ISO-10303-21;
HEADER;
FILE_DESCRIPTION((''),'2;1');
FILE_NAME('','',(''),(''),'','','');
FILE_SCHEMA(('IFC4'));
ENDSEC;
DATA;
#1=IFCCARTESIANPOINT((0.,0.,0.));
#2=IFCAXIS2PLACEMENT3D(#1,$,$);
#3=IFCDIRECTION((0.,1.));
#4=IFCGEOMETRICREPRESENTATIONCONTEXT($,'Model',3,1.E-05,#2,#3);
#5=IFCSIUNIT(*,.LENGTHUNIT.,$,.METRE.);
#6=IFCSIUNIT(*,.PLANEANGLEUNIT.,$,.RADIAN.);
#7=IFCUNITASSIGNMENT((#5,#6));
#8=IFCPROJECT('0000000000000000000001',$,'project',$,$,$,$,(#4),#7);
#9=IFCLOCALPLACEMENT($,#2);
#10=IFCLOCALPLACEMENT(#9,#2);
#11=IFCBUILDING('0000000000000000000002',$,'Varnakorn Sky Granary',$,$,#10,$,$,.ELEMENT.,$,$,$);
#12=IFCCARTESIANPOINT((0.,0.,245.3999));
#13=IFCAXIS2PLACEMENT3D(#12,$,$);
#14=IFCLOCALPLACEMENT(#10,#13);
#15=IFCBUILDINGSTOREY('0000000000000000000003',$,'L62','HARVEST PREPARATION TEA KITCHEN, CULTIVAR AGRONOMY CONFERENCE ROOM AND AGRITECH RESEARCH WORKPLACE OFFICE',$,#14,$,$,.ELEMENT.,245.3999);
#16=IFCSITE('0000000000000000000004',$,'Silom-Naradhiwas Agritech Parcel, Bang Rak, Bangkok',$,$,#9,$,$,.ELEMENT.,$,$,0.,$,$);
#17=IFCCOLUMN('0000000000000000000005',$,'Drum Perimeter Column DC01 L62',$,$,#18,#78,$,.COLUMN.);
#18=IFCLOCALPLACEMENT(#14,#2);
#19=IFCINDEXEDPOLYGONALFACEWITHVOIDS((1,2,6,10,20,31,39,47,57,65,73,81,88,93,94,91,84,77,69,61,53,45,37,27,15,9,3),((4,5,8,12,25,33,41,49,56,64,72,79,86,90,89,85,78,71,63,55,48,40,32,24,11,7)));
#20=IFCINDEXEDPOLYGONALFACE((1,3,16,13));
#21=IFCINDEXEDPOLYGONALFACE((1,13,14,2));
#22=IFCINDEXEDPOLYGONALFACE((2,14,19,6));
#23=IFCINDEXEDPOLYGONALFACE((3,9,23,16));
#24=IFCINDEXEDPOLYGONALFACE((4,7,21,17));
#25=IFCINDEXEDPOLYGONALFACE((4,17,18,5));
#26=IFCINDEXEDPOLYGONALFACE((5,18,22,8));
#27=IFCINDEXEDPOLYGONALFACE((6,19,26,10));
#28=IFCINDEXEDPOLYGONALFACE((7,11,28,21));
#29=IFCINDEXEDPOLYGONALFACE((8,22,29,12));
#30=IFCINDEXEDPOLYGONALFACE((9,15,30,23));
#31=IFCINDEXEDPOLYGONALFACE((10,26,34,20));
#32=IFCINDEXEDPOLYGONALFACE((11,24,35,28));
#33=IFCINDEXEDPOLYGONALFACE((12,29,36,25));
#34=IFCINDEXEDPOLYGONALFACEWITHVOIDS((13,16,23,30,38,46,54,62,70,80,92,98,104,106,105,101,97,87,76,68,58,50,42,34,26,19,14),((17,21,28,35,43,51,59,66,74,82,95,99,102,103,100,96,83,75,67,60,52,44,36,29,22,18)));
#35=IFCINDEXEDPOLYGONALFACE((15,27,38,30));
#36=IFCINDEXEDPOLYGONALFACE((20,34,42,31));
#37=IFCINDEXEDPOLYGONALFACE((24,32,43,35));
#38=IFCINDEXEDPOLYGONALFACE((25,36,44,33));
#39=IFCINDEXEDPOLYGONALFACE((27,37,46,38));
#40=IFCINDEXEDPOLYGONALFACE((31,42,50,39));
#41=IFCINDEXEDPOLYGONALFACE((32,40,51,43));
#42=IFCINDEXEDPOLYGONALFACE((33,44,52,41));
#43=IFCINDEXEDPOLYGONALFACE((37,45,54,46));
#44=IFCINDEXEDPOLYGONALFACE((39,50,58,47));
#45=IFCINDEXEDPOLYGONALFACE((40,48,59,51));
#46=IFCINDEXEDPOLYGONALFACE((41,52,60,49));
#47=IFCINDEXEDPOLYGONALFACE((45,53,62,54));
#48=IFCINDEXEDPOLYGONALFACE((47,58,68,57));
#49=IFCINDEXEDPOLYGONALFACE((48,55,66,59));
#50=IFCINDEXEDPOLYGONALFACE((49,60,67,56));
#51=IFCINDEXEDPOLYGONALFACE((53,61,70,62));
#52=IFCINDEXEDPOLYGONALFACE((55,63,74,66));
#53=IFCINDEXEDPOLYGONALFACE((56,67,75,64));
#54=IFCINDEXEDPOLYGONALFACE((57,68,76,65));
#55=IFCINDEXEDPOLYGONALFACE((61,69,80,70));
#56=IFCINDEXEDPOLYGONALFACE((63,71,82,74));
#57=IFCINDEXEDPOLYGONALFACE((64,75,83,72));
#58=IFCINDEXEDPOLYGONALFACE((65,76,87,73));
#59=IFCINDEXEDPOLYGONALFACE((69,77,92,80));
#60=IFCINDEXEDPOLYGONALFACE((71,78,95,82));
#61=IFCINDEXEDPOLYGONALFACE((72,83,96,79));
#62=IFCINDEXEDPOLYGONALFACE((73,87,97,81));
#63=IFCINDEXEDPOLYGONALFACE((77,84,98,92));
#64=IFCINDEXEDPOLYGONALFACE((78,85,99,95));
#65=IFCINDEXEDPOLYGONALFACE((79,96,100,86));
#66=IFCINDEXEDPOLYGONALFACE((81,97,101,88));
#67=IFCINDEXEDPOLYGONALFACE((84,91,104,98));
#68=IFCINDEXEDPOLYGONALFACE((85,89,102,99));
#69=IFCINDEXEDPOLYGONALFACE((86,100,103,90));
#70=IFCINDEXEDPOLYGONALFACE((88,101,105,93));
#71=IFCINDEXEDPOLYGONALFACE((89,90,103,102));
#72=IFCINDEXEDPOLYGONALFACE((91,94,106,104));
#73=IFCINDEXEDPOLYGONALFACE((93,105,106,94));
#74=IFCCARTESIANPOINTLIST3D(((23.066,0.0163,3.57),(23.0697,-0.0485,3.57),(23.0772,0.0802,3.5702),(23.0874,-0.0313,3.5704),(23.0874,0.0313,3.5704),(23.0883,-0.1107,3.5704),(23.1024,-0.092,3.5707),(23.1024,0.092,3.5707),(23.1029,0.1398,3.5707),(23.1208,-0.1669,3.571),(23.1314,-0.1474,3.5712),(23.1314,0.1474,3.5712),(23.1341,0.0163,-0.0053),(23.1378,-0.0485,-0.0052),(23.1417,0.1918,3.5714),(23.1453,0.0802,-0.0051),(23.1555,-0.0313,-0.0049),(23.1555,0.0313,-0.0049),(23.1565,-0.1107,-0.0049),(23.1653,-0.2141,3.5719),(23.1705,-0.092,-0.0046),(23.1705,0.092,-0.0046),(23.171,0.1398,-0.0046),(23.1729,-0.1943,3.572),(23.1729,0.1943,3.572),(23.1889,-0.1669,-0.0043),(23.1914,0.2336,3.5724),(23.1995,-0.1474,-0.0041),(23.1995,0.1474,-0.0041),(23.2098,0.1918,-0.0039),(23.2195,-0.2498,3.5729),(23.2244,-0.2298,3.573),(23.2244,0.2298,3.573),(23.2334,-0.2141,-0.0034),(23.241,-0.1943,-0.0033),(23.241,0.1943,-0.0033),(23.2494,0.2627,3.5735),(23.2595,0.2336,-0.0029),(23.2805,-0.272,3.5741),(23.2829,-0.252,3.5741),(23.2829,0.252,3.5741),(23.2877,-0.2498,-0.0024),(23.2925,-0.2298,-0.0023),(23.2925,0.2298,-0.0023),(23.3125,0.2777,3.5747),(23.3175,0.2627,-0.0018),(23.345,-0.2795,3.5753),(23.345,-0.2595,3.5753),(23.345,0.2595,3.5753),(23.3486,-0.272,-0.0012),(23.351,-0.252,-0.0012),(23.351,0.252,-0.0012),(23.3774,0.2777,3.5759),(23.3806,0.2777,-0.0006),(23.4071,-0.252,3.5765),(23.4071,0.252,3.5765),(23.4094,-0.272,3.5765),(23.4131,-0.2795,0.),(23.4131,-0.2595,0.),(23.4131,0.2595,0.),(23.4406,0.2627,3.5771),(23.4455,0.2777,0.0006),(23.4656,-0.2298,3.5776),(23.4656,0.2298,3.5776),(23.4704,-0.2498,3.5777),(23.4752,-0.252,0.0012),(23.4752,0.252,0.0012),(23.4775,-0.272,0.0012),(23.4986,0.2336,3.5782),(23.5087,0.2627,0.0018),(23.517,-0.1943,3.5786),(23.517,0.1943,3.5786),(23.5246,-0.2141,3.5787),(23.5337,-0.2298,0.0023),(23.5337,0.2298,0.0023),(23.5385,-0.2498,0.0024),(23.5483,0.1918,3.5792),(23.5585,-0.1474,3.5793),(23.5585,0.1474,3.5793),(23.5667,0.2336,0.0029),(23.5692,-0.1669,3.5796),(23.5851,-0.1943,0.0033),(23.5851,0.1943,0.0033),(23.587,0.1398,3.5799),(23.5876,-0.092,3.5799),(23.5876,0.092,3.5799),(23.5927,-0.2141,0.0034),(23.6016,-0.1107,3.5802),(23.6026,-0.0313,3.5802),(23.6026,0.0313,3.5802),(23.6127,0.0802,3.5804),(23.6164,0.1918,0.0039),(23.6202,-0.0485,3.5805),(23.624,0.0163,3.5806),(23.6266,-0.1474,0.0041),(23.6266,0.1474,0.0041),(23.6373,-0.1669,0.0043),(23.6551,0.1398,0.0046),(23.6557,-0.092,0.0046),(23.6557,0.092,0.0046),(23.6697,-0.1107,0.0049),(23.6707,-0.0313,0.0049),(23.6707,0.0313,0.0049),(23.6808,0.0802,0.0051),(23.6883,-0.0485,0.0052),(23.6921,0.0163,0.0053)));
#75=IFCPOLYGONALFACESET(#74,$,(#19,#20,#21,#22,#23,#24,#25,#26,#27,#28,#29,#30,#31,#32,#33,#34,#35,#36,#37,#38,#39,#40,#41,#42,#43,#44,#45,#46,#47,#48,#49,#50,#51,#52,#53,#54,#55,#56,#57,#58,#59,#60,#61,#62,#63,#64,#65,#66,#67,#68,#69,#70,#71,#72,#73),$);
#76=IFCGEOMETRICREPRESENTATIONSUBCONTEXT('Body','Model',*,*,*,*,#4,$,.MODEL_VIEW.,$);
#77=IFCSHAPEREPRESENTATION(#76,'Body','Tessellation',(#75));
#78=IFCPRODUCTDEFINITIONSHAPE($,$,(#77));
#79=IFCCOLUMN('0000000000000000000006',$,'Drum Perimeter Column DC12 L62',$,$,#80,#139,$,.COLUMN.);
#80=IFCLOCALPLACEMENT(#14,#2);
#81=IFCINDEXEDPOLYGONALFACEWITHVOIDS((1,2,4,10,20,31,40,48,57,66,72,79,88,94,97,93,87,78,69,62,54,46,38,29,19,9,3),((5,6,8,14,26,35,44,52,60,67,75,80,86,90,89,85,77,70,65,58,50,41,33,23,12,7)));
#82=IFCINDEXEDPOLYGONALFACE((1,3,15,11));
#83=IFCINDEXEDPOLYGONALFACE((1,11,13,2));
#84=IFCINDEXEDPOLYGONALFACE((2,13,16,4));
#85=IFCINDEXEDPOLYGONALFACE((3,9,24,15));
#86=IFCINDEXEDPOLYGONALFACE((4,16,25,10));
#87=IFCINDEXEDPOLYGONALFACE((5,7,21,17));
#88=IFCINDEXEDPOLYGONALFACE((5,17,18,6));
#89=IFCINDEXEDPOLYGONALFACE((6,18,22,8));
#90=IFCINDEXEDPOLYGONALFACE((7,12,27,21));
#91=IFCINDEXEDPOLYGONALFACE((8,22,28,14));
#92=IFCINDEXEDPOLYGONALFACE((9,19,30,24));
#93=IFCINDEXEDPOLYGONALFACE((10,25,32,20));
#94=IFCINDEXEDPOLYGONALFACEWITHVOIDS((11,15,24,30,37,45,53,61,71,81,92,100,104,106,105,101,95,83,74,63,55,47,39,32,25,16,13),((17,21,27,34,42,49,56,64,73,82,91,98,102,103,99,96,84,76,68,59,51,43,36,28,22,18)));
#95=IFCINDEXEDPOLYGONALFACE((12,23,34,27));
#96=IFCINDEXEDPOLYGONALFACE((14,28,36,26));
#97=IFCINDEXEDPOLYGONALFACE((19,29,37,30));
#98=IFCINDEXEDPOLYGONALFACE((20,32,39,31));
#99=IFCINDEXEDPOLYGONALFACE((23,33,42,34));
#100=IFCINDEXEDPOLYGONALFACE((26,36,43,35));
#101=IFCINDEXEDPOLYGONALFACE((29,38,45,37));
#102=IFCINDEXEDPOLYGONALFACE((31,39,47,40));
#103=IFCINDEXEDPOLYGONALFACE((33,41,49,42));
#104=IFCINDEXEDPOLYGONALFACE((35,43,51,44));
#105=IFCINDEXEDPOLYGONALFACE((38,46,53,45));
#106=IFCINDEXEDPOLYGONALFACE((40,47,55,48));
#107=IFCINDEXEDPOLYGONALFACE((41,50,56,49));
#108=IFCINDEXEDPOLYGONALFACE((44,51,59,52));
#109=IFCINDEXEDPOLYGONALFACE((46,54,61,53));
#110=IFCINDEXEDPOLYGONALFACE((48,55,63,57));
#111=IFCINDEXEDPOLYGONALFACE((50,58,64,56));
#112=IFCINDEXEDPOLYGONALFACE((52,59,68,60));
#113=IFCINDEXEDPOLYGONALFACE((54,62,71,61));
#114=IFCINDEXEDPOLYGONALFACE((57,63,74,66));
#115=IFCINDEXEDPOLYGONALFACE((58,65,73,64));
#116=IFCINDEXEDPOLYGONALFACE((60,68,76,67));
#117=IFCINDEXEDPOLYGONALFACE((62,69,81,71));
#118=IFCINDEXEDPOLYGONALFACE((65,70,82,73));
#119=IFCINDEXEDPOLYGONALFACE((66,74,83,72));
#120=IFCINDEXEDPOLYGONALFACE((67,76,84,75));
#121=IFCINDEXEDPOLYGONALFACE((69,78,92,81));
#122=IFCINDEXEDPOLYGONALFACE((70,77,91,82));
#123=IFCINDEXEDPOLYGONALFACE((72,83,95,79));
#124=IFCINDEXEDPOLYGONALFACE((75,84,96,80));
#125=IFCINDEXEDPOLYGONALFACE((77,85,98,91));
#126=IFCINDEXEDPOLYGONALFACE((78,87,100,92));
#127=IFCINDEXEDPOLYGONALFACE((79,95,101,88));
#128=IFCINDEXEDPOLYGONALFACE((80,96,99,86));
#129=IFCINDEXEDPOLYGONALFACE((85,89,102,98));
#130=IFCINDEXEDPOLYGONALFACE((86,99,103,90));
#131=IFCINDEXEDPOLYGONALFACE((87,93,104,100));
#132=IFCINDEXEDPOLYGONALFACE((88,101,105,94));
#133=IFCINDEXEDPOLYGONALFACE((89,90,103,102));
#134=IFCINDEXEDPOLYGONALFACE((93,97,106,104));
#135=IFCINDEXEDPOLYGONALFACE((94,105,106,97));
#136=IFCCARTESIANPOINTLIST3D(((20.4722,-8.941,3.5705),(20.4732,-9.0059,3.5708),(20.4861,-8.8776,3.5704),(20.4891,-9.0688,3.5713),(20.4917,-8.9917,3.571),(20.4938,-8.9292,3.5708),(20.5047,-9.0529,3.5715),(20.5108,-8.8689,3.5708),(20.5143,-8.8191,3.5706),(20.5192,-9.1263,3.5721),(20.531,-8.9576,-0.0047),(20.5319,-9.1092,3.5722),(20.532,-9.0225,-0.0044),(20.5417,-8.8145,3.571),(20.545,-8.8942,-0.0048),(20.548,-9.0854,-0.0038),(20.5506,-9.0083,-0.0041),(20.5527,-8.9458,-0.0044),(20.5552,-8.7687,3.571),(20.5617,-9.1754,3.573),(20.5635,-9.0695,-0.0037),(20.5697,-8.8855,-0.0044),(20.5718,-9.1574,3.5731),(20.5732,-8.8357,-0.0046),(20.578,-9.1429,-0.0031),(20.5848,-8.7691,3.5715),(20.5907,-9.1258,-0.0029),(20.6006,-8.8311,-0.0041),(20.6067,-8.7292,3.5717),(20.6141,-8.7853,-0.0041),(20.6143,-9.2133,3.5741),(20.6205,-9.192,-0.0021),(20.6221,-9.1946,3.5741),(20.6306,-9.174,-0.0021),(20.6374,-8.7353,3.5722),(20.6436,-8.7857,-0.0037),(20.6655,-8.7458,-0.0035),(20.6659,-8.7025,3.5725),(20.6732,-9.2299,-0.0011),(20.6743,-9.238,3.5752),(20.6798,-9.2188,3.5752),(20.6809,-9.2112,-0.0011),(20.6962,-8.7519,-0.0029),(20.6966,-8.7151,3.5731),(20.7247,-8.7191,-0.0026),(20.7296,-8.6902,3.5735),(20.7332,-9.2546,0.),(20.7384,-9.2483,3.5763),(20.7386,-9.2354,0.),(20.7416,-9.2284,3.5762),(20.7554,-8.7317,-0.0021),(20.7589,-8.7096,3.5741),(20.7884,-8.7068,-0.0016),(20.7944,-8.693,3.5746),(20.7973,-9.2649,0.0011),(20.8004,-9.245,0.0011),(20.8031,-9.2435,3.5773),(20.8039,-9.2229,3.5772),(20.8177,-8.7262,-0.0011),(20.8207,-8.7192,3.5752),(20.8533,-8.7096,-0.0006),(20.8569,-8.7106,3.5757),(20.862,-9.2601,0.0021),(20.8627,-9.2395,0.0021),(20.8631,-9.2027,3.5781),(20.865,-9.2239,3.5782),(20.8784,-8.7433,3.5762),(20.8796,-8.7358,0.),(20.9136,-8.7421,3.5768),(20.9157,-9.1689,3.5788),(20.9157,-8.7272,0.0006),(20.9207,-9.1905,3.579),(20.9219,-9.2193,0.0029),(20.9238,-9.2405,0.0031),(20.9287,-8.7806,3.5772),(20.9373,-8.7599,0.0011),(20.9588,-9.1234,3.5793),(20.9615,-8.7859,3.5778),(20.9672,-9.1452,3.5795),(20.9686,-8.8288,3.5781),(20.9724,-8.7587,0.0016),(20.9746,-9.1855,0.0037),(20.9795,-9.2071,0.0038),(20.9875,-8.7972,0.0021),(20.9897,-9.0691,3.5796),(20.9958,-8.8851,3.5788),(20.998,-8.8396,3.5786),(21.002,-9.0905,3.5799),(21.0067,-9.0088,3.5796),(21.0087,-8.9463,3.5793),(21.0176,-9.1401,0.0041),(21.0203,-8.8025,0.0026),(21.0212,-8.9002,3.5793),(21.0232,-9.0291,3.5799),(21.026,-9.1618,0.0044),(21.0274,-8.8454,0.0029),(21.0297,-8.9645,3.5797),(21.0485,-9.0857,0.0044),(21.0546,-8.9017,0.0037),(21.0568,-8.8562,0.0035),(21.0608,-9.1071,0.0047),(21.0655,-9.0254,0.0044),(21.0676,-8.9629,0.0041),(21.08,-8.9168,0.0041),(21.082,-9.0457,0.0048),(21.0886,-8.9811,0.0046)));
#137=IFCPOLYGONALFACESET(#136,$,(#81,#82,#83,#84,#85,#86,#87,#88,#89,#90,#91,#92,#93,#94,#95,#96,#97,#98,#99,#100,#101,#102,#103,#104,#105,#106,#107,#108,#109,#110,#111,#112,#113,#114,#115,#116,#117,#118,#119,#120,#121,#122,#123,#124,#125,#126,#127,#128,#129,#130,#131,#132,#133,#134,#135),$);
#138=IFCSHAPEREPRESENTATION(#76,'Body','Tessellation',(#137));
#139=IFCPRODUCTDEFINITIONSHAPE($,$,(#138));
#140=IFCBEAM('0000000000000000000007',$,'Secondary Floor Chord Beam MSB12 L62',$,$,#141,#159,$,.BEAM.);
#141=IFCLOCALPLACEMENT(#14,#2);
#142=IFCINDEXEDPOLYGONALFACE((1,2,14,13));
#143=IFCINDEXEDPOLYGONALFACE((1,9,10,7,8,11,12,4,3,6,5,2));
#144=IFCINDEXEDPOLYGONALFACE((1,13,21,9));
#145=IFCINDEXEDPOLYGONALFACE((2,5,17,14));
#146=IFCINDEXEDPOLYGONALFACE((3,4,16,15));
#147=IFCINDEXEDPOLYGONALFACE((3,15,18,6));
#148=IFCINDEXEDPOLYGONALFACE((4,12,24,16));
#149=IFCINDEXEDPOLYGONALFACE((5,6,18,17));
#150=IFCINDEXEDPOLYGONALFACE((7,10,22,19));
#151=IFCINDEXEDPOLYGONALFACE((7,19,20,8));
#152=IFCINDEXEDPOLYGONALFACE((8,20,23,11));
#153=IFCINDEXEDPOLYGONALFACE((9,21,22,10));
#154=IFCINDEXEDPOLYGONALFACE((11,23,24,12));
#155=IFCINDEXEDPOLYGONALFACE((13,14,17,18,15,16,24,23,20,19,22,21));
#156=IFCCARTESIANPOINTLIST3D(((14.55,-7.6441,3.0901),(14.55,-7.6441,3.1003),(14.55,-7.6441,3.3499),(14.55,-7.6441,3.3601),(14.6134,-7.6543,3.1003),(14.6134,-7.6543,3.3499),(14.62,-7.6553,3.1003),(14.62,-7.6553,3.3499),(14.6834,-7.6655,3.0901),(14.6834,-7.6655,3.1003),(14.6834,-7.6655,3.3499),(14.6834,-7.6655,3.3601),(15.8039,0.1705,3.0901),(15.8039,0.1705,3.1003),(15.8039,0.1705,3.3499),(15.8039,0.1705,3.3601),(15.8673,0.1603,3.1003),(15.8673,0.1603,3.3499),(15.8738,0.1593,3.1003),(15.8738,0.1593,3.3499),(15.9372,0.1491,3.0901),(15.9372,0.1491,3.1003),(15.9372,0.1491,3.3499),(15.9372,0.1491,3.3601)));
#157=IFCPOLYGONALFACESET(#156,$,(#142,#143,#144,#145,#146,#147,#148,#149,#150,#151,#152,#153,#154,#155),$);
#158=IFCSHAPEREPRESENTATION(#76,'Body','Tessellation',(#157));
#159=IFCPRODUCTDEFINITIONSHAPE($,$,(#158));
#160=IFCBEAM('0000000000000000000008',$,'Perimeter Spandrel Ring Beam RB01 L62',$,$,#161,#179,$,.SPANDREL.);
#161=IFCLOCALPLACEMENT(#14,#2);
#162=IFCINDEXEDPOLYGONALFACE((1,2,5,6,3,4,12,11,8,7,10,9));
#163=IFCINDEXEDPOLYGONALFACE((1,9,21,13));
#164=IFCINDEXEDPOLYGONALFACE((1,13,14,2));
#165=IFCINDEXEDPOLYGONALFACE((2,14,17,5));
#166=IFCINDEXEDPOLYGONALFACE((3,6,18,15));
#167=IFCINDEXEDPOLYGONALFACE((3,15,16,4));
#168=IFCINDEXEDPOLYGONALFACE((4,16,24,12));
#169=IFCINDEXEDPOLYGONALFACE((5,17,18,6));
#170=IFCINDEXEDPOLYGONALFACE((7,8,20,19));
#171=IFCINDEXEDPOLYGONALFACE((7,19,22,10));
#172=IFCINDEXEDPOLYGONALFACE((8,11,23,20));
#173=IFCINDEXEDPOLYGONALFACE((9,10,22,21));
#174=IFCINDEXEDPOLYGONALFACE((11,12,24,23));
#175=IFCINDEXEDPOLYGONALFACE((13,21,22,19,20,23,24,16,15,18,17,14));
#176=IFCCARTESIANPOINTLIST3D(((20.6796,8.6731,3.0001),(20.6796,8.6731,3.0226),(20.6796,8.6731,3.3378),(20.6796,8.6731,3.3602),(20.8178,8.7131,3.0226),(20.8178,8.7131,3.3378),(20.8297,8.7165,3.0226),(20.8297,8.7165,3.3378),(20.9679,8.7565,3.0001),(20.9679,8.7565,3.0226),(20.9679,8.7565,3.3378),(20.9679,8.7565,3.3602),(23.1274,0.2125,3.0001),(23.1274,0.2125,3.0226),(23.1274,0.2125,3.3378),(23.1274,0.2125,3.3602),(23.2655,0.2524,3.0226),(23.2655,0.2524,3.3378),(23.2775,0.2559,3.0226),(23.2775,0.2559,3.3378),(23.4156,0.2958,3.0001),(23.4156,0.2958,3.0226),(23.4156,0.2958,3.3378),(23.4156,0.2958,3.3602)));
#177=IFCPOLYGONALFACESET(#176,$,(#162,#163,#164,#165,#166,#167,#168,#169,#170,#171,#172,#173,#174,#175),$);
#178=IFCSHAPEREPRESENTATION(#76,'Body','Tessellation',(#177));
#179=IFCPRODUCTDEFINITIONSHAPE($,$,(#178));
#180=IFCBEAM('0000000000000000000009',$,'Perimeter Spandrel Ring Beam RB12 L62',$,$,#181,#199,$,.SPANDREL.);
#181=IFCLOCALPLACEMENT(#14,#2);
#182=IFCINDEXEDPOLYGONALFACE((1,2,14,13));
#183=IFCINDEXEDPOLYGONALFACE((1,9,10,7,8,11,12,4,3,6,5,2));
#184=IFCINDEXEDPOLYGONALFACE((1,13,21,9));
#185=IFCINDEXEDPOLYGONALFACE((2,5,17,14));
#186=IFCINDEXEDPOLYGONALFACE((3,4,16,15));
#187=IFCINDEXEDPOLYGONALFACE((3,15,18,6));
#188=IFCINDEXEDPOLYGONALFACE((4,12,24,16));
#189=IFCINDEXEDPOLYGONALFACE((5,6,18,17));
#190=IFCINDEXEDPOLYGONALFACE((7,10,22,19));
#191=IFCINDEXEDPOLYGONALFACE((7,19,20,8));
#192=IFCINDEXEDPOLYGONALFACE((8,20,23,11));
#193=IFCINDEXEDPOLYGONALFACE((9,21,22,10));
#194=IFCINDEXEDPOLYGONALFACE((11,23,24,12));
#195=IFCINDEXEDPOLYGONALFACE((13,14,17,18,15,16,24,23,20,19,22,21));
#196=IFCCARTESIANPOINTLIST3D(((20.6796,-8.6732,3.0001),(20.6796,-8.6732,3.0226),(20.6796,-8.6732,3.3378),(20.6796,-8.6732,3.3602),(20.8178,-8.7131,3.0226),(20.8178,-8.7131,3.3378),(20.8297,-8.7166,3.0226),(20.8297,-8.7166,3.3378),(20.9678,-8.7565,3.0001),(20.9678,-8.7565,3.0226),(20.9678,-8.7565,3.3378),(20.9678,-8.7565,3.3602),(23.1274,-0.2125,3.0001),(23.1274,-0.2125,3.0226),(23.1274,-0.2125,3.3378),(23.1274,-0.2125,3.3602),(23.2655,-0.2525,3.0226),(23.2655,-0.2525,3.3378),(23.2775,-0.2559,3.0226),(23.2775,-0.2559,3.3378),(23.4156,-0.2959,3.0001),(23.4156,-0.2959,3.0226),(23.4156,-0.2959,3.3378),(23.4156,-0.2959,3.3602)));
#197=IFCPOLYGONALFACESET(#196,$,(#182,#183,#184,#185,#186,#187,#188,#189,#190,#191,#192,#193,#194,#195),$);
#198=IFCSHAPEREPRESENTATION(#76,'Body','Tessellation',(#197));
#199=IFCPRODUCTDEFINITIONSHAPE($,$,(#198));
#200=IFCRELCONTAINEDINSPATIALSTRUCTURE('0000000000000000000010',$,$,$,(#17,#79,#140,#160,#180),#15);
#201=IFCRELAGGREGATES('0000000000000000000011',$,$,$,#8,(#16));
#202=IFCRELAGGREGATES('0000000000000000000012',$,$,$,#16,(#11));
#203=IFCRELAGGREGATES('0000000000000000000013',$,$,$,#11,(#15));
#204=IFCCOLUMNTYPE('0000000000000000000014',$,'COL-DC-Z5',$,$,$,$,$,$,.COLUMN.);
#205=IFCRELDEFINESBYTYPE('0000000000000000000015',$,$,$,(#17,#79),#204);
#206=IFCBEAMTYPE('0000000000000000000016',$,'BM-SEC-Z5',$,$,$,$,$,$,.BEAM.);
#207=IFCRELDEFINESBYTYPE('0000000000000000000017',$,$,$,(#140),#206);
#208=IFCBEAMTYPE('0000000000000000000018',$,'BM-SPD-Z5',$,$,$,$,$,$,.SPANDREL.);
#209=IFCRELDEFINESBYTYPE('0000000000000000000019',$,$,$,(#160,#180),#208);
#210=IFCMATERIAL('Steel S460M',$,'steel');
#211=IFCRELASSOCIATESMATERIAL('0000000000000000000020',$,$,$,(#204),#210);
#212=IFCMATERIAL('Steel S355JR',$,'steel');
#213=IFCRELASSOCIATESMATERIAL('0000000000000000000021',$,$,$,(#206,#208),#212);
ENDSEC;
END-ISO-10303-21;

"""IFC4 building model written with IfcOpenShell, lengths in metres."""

from ifc_helpers import new_model, si_unit, direction, frame, origin, origin_2d, place, context, subcontext, project, spatial, hollow_circle, i_section, extrude, material, material_profile, profile_set, type_object, element, save


model = new_model("IFC4")

# Units and contexts
model_context = context("Model", 3, precision=1e-05, world=origin(), true_north=direction((0.0, 1.0)))
body_context = subcontext(model_context, "Body", "Model", "MODEL_VIEW")
ifc_project = project(units=[si_unit("LENGTHUNIT", "METRE"), si_unit("PLANEANGLEUNIT", "RADIAN")], contexts=[model_context])

# Site, building, storey
site_placement = place(None, origin())
site = spatial("IfcSite", under=ifc_project, at=site_placement, Name="Silom-Naradhiwas Agritech Parcel, Bang Rak, Bangkok", CompositionType="ELEMENT", RefElevation=0.0)
building_placement = place(site_placement, origin())
building = spatial("IfcBuilding", under=site, at=building_placement, Name="Varnakorn Sky Granary", CompositionType="ELEMENT")
storey_placement = place(building_placement, frame((0.0, 0.0, 245.3999)))
storey = spatial("IfcBuildingStorey", under=building, at=storey_placement, Name="L62", Description="HARVEST PREPARATION TEA KITCHEN, CULTIVAR AGRONOMY CONFERENCE ROOM AND AGRITECH RESEARCH WORKPLACE OFFICE", CompositionType="ELEMENT", Elevation=245.3999)

# Columns
ifc_material_1 = material(Name="Steel S460M", Category="steel")
ifc_material_profile_1 = material_profile(ifc_material_1, hollow_circle(Radius=0.2795, WallThickness=0.02, at=origin_2d()), Name="CHS 559x20")
ifc_profile_set_1 = profile_set([ifc_material_profile_1], Name="Steel S460M")
column_type = type_object("IfcColumnType", Name="COL-DC-Z5", PredefinedType="COLUMN", material=ifc_profile_set_1)
column_1_placement = place(storey_placement, frame((23.4131, 0.0, 0.0), z_axis=(-0.019049, 0.0, 0.999819), x_axis=(0.0, -1.0, 0.0)))
element("IfcColumn", 1, at=column_1_placement, inside=storey, type_object=column_type, Name="Drum Perimeter Column DC01 L62", PredefinedType="COLUMN", context=body_context, shape_type="SweptSolid", body=[
    extrude(hollow_circle(Radius=0.2795, WallThickness=0.02, at=origin_2d()), origin(), (0.0, 0.0, 1.0), 3.5759),
])
column_2_placement = place(storey_placement, frame((20.8091, -8.9856, 0.0), z_axis=(-0.016455, 0.004643, 0.999854), x_axis=(-0.271555, -0.962423, 0.0)))
element("IfcColumn", 2, at=column_2_placement, inside=storey, type_object=column_type, Name="Drum Perimeter Column DC12 L62", PredefinedType="COLUMN", context=body_context, shape_type="SweptSolid", body=[
    extrude(hollow_circle(Radius=0.2795, WallThickness=0.02, at=origin_2d()), origin(), (0.0, 0.0, 1.0), 3.5757),
])

# Beams
ifc_material_2 = material(Name="Steel S355JR", Category="steel")
ifc_material_profile_2 = material_profile(ifc_material_2, i_section(OverallWidth=0.135, OverallDepth=0.27, WebThickness=0.0066, FlangeThickness=0.0103, at=origin_2d()), Name="IPE 270")
ifc_profile_set_2 = profile_set([ifc_material_profile_2], Name="Steel S355JR")
beam_type_1 = type_object("IfcBeamType", Name="BM-SEC-Z5", PredefinedType="BEAM", material=ifc_profile_set_2)
beam_placement = place(storey_placement, frame((14.6167, -7.6548, 3.2251), z_axis=(0.158428, 0.98737, 0.0), x_axis=(-0.98737, 0.158428, 0.0)))
element("IfcBeam", 3, at=beam_placement, inside=storey, type_object=beam_type_1, Name="Secondary Floor Chord Beam MSB12 L62", PredefinedType="BEAM", context=body_context, shape_type="SweptSolid", body=[
    extrude(i_section(OverallWidth=0.135, OverallDepth=0.27, WebThickness=0.0066, FlangeThickness=0.0103, at=origin_2d()), origin(), (0.0, 0.0, 1.0), 7.9146),
])
ifc_material_profile_3 = material_profile(ifc_material_2, i_section(OverallWidth=0.3, OverallDepth=0.3601, WebThickness=0.0125, FlangeThickness=0.0225, at=origin_2d()), Name="HE 360 B")
ifc_profile_set_3 = profile_set([ifc_material_profile_3], Name="Steel S355JR")
beam_type_2 = type_object("IfcBeamType", Name="BM-SPD-Z5", PredefinedType="SPANDREL", material=ifc_profile_set_3)
for number, where, z_axis, x_axis, name in (
    (4, (23.2715, 0.2542, 3.1802), (-0.277912, 0.960607, 0.0), (-0.960607, -0.277912, 0.0), "Perimeter Spandrel Ring Beam RB01 L62"),
    (5, (20.8237, -8.7148, 3.1802), (0.277912, 0.960607, 0.0), (-0.960607, 0.277912, 0.0), "Perimeter Spandrel Ring Beam RB12 L62"),
):
    element("IfcBeam", number, at=place(storey_placement, frame(where, z_axis=z_axis, x_axis=x_axis)), inside=storey, type_object=beam_type_2, Name=name, PredefinedType="SPANDREL", context=body_context, shape_type="SweptSolid", body=[
        extrude(i_section(OverallWidth=0.3, OverallDepth=0.3601, WebThickness=0.0125, FlangeThickness=0.0225, at=origin_2d()), origin(), (0.0, 0.0, 1.0), 8.8076),
    ])

save(model, "model.ifc")
